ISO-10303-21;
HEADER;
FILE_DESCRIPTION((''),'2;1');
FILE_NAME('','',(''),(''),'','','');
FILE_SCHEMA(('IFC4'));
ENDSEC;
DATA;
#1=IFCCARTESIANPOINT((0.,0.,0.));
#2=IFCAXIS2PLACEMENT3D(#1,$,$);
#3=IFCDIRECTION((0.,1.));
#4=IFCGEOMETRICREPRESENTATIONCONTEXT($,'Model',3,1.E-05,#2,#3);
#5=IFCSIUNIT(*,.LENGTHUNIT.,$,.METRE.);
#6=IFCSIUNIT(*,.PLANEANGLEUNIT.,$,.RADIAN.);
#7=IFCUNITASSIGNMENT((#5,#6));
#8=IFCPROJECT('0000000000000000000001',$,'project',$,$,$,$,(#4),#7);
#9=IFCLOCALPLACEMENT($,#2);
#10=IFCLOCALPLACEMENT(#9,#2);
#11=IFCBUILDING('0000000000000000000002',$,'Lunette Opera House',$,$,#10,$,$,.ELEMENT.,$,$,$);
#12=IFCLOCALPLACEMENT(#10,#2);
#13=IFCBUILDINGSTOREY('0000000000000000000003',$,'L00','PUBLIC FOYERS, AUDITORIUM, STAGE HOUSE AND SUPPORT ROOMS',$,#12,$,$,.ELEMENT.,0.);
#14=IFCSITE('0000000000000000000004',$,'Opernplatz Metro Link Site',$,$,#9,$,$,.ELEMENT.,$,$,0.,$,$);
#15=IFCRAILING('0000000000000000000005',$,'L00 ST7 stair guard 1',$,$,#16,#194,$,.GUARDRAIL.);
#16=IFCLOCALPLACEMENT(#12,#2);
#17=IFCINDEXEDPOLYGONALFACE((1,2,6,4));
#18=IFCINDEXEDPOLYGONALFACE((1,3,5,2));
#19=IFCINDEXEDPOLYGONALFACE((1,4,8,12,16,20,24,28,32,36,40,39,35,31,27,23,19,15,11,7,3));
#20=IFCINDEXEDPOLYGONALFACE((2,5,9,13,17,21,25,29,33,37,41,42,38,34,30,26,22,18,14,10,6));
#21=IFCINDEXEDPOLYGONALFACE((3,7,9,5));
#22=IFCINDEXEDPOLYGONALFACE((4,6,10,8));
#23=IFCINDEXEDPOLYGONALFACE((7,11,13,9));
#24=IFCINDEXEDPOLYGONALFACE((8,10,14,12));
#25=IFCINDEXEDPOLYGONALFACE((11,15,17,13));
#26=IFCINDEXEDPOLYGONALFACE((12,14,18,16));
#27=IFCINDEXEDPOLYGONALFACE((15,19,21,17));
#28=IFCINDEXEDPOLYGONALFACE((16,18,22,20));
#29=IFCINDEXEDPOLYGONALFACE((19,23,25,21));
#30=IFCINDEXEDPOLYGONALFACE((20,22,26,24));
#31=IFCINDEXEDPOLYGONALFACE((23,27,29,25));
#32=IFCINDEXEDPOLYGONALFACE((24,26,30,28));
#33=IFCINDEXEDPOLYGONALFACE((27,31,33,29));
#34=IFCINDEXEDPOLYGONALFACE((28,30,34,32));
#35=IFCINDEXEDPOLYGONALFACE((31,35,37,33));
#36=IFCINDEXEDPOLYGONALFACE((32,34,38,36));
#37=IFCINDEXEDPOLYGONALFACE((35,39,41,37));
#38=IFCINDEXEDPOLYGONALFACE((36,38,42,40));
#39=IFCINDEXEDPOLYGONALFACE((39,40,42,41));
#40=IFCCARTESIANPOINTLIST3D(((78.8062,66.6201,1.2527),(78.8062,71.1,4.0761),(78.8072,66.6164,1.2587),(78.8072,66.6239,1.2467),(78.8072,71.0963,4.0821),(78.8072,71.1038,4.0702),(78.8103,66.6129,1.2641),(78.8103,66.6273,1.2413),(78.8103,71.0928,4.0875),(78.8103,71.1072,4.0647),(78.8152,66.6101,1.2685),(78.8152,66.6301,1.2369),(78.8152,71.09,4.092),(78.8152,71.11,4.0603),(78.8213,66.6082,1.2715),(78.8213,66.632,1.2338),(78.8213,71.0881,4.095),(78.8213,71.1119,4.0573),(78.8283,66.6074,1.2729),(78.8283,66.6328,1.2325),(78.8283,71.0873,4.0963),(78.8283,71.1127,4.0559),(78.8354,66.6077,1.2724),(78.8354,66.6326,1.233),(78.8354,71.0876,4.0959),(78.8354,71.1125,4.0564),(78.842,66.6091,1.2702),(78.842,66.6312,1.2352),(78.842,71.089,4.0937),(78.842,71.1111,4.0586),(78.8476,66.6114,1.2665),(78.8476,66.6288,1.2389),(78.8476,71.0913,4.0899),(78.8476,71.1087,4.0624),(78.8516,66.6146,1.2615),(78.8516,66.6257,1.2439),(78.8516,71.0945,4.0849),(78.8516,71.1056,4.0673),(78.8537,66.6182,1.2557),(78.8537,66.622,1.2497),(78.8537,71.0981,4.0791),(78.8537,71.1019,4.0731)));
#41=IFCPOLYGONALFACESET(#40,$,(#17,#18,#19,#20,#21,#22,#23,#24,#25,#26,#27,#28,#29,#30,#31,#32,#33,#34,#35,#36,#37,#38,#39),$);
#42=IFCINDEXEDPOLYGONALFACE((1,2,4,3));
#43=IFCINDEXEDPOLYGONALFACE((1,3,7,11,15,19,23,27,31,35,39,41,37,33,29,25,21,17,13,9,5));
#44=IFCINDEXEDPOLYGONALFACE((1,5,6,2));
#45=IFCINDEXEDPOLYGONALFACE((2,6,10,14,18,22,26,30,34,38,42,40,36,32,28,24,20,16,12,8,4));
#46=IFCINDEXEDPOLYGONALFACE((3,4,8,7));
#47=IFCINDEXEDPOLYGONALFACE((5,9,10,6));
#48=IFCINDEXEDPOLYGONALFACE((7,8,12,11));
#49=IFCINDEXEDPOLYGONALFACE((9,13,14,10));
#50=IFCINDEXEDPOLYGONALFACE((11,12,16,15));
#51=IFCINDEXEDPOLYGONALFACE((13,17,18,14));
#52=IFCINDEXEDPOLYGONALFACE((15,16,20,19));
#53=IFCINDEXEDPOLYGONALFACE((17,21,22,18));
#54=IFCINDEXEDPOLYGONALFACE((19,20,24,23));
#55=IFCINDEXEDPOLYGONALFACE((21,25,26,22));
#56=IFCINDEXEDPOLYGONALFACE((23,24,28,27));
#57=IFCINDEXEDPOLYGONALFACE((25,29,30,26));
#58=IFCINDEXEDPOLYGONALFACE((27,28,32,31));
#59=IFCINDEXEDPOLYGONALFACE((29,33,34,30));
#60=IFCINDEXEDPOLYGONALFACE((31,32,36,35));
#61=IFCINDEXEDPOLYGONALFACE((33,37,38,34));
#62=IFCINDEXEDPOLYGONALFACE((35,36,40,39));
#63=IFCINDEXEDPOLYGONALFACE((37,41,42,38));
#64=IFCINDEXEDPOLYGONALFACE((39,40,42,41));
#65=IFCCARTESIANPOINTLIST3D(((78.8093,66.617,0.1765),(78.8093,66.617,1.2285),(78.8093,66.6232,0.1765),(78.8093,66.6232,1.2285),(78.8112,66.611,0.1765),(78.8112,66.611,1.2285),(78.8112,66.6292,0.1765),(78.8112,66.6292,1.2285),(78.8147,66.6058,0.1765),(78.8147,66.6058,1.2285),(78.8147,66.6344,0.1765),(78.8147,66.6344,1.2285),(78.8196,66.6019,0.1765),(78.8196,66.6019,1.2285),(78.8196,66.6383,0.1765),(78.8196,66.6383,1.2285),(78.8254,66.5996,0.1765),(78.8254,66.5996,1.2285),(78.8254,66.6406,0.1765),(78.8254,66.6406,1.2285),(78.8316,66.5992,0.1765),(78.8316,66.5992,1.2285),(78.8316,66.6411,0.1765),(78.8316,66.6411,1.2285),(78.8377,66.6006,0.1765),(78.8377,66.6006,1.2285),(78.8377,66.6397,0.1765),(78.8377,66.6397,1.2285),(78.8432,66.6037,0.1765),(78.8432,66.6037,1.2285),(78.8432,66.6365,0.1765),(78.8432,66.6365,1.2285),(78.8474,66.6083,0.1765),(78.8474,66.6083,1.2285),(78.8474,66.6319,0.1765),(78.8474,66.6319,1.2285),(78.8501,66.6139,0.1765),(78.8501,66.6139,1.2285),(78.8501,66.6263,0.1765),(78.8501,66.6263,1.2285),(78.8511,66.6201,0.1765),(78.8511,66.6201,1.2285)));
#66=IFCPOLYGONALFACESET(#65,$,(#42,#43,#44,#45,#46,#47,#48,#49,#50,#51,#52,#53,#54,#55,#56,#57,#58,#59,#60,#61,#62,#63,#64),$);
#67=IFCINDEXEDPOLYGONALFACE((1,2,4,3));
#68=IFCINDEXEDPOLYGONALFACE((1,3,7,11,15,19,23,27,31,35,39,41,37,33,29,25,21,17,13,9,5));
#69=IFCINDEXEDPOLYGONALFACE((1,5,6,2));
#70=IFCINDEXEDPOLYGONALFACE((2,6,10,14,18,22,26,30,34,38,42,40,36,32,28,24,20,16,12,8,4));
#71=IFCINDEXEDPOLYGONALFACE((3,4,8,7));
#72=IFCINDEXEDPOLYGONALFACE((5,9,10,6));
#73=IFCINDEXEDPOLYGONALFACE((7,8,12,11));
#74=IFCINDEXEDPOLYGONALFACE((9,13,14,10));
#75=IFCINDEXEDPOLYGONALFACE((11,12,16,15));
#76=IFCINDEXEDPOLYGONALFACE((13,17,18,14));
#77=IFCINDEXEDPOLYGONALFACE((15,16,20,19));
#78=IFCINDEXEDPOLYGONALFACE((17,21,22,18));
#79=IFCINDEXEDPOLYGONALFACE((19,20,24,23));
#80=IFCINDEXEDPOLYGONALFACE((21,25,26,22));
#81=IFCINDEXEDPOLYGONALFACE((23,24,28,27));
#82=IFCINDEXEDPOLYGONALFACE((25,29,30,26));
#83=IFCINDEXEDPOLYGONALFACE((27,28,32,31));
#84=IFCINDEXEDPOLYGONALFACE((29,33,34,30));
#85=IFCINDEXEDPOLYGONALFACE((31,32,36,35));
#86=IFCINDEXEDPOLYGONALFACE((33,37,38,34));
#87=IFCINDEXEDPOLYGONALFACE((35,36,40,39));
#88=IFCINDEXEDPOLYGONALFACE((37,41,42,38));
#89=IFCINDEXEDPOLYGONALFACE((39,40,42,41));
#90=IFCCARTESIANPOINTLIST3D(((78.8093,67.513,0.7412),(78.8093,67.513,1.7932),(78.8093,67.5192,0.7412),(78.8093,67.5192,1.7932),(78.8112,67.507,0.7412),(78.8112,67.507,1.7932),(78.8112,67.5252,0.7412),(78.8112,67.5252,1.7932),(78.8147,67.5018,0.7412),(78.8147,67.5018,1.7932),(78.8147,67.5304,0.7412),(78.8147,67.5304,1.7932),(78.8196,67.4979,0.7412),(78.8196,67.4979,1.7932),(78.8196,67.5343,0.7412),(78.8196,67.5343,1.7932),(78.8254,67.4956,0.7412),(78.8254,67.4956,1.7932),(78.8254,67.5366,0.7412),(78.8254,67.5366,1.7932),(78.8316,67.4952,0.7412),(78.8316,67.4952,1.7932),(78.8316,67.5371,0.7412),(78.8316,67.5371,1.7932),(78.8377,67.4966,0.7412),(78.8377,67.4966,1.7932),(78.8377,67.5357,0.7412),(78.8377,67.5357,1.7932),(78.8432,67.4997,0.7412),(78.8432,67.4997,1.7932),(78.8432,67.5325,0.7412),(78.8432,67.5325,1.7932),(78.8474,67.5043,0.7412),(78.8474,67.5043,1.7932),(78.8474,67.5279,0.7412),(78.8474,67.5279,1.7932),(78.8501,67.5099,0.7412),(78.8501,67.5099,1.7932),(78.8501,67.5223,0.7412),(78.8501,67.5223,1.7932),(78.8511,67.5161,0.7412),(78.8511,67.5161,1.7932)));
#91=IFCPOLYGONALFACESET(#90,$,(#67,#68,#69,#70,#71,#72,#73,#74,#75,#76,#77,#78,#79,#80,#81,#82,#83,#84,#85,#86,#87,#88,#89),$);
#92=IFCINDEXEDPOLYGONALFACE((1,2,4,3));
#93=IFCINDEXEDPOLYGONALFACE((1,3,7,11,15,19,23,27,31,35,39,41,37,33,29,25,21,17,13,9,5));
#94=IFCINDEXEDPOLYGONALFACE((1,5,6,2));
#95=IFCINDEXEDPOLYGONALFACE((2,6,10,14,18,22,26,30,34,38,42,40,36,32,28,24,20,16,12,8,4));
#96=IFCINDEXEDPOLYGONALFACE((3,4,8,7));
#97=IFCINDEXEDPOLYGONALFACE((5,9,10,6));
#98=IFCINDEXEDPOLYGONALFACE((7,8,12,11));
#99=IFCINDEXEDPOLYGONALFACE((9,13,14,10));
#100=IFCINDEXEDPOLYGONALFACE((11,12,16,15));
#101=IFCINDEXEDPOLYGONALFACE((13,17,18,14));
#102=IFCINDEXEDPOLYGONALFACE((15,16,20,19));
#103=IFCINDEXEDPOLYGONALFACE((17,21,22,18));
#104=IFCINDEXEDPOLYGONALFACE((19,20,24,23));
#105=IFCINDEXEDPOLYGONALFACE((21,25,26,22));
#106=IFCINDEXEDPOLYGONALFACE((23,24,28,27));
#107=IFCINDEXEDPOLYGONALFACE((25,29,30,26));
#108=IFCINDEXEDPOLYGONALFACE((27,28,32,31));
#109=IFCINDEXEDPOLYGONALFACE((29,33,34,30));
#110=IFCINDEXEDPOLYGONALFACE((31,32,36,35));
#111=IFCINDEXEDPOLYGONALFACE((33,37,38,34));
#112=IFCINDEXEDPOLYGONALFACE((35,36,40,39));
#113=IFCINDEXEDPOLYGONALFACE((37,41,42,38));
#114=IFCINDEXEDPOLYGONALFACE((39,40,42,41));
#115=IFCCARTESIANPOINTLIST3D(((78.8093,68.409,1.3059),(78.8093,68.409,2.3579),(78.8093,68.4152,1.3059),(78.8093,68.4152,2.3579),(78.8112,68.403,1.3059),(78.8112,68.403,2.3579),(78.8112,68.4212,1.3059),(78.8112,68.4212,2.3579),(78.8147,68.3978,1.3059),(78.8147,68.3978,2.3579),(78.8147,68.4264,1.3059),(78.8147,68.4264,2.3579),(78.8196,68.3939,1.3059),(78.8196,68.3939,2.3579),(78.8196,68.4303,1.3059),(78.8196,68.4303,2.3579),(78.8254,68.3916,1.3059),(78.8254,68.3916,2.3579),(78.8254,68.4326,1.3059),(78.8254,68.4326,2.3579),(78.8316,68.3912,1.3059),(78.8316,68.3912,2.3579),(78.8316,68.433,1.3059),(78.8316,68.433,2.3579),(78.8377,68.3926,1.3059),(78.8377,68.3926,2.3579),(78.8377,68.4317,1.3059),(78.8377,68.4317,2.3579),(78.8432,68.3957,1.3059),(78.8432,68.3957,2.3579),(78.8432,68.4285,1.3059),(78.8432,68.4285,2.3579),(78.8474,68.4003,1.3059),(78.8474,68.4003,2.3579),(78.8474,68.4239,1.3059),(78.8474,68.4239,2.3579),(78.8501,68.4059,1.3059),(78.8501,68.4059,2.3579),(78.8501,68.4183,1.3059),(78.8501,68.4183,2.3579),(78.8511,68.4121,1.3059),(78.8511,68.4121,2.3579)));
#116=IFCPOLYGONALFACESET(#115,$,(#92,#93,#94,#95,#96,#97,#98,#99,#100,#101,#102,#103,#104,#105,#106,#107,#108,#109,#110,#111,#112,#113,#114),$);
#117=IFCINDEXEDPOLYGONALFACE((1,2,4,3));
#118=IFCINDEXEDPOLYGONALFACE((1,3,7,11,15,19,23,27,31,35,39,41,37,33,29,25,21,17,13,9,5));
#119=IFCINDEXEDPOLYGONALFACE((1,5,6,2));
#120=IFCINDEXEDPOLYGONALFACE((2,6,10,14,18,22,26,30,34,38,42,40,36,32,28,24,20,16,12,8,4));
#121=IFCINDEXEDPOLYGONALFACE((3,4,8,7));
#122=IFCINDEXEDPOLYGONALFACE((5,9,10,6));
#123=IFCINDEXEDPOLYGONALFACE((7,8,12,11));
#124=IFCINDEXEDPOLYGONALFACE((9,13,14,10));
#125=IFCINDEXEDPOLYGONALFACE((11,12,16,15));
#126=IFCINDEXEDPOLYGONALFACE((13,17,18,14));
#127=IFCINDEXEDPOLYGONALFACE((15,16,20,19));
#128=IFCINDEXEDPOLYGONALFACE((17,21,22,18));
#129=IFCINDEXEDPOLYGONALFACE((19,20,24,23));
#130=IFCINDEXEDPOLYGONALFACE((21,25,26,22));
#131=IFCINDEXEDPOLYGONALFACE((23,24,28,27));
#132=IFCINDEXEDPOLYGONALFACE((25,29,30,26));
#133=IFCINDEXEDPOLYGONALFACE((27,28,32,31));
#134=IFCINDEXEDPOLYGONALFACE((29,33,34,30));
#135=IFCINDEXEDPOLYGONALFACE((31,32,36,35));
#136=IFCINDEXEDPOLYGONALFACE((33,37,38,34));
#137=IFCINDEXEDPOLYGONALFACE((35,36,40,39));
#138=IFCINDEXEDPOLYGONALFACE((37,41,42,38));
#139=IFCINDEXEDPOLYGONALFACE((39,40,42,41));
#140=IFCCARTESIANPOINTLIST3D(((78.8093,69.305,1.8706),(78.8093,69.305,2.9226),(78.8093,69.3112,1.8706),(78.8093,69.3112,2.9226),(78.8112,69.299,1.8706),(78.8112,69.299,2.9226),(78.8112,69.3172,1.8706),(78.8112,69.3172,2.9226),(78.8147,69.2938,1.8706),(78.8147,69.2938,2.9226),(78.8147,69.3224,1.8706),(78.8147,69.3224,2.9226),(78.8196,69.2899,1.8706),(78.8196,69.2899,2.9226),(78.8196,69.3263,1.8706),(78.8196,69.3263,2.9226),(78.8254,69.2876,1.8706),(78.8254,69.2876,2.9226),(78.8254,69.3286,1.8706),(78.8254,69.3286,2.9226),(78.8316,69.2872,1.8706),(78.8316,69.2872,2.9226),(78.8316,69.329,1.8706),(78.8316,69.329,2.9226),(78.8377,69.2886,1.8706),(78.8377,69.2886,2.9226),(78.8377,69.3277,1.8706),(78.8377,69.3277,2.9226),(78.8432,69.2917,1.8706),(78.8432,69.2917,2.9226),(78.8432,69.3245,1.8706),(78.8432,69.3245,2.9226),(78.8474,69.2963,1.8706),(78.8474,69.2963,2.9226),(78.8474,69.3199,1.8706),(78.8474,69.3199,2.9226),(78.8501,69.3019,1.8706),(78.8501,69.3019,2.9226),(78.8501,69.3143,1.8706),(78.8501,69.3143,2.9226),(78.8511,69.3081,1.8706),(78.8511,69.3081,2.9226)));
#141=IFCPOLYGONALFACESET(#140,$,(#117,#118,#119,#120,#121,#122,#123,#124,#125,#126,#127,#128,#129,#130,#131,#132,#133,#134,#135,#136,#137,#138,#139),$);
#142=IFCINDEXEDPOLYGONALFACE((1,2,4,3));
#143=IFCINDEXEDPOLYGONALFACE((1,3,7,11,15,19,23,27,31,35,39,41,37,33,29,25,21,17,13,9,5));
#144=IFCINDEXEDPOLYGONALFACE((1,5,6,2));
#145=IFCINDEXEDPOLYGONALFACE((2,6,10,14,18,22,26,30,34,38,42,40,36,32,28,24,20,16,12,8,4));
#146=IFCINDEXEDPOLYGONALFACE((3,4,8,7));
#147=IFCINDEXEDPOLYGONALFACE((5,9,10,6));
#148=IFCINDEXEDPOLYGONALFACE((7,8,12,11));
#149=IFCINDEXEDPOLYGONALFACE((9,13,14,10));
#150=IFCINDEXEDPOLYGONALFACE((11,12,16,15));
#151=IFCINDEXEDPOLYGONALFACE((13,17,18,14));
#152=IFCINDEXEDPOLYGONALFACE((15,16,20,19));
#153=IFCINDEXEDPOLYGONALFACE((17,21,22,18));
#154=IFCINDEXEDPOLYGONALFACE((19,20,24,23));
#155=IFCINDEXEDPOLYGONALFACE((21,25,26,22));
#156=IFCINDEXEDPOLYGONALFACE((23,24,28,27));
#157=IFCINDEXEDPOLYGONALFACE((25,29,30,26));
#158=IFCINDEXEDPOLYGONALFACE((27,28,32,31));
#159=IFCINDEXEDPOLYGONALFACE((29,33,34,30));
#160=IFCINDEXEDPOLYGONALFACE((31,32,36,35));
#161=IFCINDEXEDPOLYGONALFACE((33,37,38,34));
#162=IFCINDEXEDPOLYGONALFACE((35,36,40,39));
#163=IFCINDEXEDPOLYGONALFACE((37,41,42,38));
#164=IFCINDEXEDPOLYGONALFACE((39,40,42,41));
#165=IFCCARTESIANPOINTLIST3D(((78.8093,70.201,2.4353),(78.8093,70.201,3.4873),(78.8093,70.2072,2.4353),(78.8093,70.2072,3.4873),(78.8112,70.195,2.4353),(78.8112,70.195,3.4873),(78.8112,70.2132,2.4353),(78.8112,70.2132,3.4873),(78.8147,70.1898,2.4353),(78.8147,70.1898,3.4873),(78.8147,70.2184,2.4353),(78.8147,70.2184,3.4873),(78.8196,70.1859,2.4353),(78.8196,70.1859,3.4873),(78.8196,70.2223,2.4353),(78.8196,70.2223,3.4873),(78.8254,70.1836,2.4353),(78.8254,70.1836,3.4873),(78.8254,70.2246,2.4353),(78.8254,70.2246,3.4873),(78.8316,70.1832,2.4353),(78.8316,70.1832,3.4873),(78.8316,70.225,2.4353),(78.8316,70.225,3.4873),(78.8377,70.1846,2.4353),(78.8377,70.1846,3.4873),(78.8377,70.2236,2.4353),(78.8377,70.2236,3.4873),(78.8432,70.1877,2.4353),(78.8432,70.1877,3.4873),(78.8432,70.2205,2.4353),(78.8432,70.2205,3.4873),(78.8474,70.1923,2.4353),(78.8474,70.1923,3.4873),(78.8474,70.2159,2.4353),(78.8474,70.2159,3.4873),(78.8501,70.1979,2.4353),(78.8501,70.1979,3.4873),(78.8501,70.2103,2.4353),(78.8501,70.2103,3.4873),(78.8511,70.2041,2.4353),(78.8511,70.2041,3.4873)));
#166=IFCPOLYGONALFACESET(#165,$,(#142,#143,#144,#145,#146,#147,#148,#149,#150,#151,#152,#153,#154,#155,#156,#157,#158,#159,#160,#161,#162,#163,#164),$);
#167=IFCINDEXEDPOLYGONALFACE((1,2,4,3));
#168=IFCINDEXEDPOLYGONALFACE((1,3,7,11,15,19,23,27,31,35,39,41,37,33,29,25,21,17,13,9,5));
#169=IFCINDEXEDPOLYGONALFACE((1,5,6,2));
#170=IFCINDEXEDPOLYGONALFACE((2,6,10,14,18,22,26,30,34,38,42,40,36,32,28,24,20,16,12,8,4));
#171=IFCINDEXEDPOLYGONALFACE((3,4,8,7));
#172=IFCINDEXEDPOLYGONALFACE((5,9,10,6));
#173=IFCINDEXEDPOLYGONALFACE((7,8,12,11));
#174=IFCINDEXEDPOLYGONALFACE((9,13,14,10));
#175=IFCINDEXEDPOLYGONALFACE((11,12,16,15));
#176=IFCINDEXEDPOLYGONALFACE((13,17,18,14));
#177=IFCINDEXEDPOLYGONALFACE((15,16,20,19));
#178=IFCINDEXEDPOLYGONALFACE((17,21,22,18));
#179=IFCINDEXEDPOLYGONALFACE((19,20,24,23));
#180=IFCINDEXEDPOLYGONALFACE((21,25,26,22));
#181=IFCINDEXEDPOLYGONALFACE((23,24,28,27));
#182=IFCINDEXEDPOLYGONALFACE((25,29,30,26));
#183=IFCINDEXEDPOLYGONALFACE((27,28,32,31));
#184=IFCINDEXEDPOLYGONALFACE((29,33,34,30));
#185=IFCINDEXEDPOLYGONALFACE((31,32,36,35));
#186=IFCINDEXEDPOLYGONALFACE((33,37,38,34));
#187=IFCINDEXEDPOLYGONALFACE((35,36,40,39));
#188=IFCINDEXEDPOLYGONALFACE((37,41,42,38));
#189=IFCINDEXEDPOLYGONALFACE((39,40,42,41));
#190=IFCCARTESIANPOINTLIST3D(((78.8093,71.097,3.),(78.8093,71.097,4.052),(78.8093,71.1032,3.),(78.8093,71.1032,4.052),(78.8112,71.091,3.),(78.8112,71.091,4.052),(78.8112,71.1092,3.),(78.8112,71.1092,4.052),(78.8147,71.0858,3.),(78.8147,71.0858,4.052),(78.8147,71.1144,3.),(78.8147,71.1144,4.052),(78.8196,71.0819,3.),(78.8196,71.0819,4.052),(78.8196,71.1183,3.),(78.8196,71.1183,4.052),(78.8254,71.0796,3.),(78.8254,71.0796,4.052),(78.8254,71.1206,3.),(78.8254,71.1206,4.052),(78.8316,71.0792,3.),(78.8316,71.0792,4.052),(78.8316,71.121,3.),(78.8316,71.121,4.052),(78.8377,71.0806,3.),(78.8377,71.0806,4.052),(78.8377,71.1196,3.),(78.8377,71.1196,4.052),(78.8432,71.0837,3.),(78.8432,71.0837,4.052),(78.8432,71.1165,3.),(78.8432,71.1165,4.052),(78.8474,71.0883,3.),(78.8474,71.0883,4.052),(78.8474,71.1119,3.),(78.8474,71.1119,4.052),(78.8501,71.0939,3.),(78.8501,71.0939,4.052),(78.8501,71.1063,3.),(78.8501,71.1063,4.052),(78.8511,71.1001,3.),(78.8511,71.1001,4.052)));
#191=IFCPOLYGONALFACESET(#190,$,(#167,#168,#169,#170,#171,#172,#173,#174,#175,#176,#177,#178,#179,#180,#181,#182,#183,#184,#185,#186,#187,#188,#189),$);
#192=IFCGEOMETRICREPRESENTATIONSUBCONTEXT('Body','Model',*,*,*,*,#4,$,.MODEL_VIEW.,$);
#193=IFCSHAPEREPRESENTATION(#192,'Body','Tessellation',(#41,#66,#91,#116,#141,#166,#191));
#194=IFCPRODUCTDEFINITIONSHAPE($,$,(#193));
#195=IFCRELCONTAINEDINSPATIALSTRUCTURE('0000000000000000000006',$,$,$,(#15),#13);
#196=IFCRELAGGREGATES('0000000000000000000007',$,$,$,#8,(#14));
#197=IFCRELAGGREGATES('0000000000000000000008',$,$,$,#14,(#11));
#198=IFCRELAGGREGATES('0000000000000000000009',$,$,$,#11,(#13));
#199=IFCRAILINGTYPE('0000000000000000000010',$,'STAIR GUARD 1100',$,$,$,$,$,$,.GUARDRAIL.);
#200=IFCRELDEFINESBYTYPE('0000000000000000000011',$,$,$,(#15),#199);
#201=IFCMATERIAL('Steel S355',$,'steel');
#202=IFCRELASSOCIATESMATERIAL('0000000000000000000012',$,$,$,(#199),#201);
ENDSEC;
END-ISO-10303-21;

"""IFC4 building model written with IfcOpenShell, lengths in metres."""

from ifc_helpers import new_model, si_unit, direction, frame, origin, origin_2d, place, context, subcontext, project, spatial, circle, extrude, material, type_object, element, save


model = new_model("IFC4")

# Units and contexts
model_context = context("Model", 3, precision=1e-05, world=origin(), true_north=direction((0.0, 1.0)))
body_context = subcontext(model_context, "Body", "Model", "MODEL_VIEW")
ifc_project = project(units=[si_unit("LENGTHUNIT", "METRE"), si_unit("PLANEANGLEUNIT", "RADIAN")], contexts=[model_context])

# Site, building, storey
site_placement = place(None, origin())
site = spatial("IfcSite", under=ifc_project, at=site_placement, Name="Opernplatz Metro Link Site", CompositionType="ELEMENT", RefElevation=0.0)
building_placement = place(site_placement, origin())
building = spatial("IfcBuilding", under=site, at=building_placement, Name="Lunette Opera House", CompositionType="ELEMENT")
storey_placement = place(building_placement, origin())
storey = spatial("IfcBuildingStorey", under=building, at=storey_placement, Name="L00", Description="PUBLIC FOYERS, AUDITORIUM, STAGE HOUSE AND SUPPORT ROOMS", CompositionType="ELEMENT", Elevation=0.0)

# Railing
ifc_material_1 = material(Name="Steel S355", Category="steel")
railing_type_1 = type_object("IfcRailingType", Name="STAIR GUARD 1100", PredefinedType="GUARDRAIL", material=ifc_material_1)
railing_1_placement = place(storey_placement, frame((78.8301, 66.6201, 0.1765)))
element("IfcRailing", 1, at=railing_1_placement, inside=storey, type_object=railing_type_1, Name="L00 ST7 stair guard 1", PredefinedType="GUARDRAIL", context=body_context, shape_type="SweptSolid", body=[
    extrude(circle(Radius=0.0239, at=origin_2d()), frame((0.0, 0.0, 1.0762), z_axis=(0.0, 0.845998, 0.533186), x_axis=(-1.0, 0.0, 0.0)), (0.0, 0.0, 1.0), 5.2954),
    extrude(circle(Radius=0.021, at=origin_2d()), origin(), (0.0, 0.0, 1.0), 1.052),
    extrude(circle(Radius=0.021, at=origin_2d()), frame((0.0, 0.896, 0.5647)), (0.0, 0.0, 1.0), 1.052),
    extrude(circle(Radius=0.021, at=origin_2d()), frame((0.0, 1.792, 1.1294)), (0.0, 0.0, 1.0), 1.052),
    extrude(circle(Radius=0.021, at=origin_2d()), frame((0.0, 2.688, 1.6941)), (0.0, 0.0, 1.0), 1.052),
    extrude(circle(Radius=0.021, at=origin_2d()), frame((0.0, 3.584, 2.2588)), (0.0, 0.0, 1.0), 1.052),
    extrude(circle(Radius=0.021, at=origin_2d()), frame((0.0, 4.48, 2.8235)), (0.0, 0.0, 1.0), 1.052),
])

save(model, "model.ifc")
